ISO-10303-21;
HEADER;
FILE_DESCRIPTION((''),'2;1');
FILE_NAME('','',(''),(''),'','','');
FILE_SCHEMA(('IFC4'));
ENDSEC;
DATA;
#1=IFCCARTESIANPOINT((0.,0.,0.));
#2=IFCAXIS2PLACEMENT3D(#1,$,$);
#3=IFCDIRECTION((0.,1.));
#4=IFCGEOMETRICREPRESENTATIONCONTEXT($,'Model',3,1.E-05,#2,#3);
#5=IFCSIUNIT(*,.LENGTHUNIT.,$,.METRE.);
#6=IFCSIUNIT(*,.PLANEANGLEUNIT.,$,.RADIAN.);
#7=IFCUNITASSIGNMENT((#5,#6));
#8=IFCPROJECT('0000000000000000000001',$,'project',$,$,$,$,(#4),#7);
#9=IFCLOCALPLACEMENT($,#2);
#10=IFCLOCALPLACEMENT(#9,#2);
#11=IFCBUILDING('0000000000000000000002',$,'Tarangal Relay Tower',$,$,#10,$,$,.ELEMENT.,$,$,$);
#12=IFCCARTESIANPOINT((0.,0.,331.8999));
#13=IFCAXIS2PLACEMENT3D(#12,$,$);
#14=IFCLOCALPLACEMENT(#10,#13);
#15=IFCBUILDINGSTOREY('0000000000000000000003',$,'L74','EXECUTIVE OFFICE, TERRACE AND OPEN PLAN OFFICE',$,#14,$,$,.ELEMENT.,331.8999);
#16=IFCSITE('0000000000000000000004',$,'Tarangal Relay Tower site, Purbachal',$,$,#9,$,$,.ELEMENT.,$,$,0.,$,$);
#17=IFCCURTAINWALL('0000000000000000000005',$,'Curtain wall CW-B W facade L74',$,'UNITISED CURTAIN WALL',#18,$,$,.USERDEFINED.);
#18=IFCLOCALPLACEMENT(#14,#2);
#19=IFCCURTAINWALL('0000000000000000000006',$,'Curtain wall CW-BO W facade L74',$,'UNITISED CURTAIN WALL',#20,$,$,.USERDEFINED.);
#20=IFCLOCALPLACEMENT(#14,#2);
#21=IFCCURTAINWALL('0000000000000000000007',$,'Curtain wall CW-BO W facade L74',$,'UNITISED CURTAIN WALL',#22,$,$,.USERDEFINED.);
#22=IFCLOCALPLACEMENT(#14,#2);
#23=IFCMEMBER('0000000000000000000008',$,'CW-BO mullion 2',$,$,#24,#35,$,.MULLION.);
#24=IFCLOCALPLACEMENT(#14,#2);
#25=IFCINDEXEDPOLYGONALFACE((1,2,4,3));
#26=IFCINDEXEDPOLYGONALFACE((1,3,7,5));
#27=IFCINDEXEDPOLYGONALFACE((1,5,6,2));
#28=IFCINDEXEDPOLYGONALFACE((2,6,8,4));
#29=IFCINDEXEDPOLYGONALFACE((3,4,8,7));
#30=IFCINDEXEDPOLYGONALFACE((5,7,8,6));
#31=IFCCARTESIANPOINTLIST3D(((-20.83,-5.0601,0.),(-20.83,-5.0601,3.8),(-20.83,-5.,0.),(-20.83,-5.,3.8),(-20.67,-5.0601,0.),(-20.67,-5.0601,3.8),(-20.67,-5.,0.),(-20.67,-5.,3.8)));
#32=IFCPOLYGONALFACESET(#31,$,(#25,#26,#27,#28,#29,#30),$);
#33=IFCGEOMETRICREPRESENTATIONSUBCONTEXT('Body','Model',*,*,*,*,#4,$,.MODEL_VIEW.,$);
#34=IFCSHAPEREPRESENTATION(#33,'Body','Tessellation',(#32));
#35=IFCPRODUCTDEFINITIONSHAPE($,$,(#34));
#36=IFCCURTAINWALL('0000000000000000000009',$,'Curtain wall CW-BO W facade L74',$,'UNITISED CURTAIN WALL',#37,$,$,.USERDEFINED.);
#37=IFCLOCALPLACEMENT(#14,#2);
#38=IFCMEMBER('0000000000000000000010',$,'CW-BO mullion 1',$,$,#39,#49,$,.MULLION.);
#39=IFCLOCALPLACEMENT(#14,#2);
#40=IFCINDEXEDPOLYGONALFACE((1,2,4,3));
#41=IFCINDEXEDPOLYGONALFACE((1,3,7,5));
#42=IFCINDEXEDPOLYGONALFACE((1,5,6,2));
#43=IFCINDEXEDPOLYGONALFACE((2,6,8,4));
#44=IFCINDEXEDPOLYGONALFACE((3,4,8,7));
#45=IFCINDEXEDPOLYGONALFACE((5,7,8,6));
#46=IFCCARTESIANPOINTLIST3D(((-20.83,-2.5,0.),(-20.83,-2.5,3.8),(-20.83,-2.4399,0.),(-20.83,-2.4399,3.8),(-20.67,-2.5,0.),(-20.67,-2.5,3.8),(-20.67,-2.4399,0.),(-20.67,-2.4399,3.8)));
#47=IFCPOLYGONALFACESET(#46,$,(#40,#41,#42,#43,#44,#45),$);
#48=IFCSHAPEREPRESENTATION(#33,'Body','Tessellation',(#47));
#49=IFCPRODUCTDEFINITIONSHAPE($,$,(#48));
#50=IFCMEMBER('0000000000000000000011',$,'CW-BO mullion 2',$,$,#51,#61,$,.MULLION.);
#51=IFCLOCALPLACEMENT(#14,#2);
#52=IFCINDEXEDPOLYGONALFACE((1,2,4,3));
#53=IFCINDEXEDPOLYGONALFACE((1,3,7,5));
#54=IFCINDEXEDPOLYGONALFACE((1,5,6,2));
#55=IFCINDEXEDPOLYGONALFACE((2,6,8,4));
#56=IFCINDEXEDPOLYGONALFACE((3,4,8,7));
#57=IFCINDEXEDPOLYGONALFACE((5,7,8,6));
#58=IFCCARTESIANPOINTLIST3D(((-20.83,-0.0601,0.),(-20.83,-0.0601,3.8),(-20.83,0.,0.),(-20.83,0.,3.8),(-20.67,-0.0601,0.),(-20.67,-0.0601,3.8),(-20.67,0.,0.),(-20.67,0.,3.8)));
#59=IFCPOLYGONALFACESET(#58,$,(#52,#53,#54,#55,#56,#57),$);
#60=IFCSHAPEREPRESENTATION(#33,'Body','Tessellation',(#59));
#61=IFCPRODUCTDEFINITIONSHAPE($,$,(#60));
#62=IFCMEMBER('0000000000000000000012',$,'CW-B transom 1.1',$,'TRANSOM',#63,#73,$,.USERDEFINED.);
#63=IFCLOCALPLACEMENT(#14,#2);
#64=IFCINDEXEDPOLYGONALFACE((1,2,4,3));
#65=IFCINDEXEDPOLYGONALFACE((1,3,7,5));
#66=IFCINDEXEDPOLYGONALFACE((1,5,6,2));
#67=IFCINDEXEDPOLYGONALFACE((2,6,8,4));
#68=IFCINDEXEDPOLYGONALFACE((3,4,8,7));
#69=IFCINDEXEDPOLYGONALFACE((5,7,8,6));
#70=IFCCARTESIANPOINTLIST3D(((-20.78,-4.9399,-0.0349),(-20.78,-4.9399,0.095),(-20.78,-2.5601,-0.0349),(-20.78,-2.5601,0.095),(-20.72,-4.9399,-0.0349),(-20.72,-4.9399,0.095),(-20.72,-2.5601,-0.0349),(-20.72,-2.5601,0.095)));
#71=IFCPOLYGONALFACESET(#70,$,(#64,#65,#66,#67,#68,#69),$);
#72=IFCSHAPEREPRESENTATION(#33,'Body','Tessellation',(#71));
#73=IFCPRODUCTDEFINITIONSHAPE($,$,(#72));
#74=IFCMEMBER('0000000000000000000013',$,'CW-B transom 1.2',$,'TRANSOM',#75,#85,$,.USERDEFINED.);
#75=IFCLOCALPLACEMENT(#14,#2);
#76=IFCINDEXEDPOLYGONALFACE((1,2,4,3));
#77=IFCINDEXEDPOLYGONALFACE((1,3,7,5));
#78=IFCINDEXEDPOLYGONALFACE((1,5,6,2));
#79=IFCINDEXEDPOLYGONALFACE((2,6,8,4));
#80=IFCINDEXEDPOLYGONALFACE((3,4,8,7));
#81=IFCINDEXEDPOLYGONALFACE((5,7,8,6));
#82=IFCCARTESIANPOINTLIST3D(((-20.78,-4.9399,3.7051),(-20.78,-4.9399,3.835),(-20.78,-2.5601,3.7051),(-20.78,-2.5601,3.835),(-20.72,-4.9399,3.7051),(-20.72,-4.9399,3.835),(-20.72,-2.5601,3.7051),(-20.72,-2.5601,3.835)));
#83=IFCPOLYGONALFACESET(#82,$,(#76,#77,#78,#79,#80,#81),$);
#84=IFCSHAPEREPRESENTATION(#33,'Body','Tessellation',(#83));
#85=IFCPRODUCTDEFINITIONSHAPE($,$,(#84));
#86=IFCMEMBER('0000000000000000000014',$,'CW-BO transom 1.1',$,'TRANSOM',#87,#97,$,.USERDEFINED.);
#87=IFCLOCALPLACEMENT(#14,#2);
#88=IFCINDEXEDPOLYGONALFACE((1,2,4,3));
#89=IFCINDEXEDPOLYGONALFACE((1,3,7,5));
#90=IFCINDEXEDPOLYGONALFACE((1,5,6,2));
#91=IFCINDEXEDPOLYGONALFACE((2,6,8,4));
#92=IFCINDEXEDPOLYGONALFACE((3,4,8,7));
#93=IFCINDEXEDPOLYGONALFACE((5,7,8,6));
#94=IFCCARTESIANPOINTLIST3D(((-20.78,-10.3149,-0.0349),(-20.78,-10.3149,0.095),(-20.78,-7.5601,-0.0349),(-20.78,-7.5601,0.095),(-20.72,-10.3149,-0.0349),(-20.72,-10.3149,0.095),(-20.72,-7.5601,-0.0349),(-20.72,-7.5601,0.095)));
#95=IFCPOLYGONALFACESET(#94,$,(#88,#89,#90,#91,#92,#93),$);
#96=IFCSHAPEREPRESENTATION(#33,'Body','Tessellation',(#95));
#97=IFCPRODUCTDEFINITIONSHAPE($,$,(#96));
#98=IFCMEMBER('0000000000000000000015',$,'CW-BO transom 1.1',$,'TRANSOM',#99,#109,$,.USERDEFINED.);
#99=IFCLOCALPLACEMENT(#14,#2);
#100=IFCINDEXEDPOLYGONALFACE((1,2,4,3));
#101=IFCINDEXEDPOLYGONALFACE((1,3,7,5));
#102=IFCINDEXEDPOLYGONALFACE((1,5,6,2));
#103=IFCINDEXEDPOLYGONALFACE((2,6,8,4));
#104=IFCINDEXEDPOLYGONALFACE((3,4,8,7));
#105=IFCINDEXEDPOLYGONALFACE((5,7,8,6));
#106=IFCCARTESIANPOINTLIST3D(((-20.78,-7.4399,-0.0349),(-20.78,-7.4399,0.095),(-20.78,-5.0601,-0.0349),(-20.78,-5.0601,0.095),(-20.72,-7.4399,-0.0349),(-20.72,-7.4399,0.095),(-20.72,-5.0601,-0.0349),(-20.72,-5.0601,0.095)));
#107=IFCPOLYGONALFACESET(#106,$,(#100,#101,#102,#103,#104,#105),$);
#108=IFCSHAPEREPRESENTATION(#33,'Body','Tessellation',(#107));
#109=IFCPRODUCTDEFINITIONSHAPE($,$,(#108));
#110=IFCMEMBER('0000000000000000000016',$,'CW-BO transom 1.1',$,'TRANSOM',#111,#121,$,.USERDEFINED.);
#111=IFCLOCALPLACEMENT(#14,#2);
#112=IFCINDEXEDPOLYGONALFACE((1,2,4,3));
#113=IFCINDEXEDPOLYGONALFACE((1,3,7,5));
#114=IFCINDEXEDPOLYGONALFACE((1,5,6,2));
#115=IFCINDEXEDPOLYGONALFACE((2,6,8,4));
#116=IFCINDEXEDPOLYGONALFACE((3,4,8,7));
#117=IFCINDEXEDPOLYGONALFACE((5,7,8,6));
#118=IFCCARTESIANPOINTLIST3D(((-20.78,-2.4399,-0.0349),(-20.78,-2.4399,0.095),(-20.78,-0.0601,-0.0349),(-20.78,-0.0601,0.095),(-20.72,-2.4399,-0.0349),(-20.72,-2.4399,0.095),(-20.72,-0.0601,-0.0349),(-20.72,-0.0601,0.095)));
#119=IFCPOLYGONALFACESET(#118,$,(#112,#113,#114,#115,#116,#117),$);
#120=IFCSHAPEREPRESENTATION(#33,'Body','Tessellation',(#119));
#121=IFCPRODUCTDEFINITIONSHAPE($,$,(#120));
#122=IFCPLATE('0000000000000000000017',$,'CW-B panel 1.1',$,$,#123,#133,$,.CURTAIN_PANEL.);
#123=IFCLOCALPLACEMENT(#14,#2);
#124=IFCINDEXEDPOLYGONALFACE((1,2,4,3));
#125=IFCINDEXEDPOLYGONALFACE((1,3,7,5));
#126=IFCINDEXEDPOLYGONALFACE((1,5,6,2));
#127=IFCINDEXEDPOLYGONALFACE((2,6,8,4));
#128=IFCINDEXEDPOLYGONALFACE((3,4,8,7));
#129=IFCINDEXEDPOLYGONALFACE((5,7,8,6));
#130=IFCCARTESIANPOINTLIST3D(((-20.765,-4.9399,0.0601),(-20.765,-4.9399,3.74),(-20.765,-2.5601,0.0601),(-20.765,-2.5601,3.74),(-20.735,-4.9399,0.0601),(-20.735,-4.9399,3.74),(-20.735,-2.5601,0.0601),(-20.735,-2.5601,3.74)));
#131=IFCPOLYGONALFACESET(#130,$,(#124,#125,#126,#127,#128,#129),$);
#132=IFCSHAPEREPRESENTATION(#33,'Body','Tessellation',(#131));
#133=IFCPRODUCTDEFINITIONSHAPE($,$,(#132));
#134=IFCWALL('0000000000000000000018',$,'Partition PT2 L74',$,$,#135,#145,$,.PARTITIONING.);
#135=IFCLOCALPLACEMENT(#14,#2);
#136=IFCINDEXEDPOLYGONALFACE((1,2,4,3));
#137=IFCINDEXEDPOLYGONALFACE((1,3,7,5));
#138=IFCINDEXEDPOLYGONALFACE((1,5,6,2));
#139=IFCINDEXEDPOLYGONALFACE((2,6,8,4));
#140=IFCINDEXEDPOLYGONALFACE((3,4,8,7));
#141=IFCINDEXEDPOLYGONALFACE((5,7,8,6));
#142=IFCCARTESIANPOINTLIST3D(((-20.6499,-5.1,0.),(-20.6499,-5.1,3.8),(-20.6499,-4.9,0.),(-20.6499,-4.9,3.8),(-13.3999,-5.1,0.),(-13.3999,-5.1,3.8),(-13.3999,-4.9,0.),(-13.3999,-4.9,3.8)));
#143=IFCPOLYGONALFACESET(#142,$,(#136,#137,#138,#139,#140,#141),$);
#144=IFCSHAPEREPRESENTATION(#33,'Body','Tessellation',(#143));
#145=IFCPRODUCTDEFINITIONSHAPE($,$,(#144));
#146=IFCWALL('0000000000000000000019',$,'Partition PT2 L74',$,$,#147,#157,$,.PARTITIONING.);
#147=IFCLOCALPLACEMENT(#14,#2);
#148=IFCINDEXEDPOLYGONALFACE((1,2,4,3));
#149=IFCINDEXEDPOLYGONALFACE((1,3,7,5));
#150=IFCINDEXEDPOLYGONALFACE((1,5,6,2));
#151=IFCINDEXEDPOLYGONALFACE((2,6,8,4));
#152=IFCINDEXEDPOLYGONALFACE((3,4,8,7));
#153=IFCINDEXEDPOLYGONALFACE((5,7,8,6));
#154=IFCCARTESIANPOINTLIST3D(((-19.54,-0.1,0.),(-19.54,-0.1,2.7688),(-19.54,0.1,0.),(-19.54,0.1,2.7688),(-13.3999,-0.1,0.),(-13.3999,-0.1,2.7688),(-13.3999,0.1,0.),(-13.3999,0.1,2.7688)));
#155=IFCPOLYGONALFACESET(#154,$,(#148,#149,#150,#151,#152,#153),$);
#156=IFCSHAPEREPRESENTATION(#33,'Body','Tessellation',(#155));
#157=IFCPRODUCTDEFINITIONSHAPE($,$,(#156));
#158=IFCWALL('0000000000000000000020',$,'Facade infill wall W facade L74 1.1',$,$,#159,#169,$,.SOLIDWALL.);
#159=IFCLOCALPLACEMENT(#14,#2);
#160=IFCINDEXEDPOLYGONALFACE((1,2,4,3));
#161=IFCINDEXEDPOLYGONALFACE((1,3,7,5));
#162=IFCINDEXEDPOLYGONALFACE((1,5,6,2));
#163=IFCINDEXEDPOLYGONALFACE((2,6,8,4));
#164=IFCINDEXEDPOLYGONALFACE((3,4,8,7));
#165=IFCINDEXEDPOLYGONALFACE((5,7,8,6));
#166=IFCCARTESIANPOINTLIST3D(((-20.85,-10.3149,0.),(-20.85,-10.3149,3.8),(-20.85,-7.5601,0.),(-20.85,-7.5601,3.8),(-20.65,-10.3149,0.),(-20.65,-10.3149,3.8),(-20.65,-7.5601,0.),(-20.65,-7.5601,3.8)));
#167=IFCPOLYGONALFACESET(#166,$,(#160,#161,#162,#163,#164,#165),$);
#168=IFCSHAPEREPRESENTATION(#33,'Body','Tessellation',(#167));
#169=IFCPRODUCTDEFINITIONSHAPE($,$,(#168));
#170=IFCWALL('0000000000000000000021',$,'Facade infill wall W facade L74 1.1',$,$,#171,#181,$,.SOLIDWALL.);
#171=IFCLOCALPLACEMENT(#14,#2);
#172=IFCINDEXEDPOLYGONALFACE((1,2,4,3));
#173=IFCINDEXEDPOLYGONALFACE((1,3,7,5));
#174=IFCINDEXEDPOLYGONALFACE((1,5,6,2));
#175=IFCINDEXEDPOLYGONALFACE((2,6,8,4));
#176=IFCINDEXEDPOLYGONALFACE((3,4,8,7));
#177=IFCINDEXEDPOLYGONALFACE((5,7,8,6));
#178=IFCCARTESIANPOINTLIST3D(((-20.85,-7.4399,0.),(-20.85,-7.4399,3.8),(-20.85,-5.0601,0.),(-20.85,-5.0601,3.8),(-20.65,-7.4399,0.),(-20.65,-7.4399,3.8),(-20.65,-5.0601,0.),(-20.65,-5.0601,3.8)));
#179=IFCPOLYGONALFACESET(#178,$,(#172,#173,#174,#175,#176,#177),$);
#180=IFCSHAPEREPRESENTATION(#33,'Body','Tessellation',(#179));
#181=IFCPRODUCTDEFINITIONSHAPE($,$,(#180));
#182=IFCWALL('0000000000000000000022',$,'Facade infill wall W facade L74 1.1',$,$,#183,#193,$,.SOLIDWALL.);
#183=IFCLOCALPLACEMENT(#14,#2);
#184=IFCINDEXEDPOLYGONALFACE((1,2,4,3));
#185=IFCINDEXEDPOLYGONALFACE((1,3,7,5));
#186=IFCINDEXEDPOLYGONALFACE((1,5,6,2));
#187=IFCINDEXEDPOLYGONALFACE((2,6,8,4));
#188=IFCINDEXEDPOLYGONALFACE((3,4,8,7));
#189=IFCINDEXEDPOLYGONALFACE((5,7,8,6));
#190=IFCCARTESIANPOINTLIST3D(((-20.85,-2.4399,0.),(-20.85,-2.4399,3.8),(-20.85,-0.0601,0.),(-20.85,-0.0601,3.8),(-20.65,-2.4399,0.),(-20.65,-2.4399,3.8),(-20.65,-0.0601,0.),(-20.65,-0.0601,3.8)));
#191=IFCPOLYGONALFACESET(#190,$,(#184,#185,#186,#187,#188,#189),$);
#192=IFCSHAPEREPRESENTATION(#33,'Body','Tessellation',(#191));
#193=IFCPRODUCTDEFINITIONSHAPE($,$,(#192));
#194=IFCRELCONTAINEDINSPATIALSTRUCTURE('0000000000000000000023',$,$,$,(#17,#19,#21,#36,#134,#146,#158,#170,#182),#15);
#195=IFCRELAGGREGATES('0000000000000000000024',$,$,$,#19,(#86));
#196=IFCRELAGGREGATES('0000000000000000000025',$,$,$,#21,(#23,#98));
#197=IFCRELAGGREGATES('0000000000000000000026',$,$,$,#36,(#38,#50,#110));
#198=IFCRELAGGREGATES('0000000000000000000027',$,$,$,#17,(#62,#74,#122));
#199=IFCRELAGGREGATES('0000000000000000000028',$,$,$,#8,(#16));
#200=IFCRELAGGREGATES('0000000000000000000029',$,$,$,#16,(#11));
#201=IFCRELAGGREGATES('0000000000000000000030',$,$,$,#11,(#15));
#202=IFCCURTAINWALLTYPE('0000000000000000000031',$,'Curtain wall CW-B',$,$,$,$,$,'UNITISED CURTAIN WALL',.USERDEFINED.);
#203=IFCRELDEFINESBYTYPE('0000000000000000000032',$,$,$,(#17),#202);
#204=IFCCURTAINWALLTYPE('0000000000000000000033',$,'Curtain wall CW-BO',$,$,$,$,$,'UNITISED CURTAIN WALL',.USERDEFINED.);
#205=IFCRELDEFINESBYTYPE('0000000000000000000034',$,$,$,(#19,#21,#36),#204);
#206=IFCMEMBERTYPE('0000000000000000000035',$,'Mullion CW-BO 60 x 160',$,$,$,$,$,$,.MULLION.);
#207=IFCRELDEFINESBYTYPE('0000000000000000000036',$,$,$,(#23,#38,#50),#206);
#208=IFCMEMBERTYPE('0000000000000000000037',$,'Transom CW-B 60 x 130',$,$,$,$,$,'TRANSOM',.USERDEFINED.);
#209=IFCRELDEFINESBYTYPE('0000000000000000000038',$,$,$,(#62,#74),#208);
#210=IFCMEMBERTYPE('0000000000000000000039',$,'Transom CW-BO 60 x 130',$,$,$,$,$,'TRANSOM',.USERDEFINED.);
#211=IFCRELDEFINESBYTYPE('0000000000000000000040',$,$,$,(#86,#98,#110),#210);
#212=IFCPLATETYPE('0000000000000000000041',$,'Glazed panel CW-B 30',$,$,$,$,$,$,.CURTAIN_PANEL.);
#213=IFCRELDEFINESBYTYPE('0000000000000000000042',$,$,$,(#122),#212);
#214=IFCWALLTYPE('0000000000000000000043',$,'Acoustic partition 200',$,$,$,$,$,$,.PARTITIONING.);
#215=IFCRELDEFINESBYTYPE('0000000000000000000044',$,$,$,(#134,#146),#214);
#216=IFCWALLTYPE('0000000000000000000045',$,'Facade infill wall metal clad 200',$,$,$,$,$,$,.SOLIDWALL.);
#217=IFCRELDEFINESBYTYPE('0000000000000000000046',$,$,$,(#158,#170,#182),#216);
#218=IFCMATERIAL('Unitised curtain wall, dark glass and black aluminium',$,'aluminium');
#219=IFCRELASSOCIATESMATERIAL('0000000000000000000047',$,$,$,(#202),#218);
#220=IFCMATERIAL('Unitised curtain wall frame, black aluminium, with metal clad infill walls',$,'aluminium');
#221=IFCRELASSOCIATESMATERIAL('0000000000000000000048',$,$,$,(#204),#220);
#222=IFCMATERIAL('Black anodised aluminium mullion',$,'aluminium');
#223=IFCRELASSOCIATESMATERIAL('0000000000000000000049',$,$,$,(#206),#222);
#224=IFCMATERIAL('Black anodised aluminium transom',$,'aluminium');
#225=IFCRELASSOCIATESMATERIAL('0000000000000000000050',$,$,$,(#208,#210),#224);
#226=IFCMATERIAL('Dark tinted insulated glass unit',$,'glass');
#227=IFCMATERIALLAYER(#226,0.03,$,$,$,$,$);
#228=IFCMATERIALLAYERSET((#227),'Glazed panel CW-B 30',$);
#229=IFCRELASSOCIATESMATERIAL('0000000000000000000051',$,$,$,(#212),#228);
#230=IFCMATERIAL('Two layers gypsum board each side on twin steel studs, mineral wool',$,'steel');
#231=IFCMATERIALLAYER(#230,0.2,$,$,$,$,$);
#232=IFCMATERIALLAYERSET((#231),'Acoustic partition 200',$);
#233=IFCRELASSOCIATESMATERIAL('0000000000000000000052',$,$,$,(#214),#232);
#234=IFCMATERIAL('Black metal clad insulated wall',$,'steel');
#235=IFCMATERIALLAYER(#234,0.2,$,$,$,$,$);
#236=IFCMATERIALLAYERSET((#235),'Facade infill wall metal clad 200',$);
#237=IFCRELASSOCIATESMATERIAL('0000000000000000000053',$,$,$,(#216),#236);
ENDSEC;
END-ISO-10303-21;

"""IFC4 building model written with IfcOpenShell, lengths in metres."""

from ifc_helpers import new_model, si_unit, direction, frame, frame_2d, origin, origin_2d, place, context, subcontext, project, spatial, rectangle, extrude, material, layer, layer_set, material_profile, profile_set, type_object, element, aggregate, save


model = new_model("IFC4")

# Units and contexts
model_context = context("Model", 3, precision=1e-05, world=origin(), true_north=direction((0.0, 1.0)))
body_context = subcontext(model_context, "Body", "Model", "MODEL_VIEW")
ifc_project = project(units=[si_unit("LENGTHUNIT", "METRE"), si_unit("PLANEANGLEUNIT", "RADIAN")], contexts=[model_context])

# Site, building, storey
site_placement = place(None, origin())
site = spatial("IfcSite", under=ifc_project, at=site_placement, Name="Tarangal Relay Tower site, Purbachal", CompositionType="ELEMENT", RefElevation=0.0)
building_placement = place(site_placement, origin())
building = spatial("IfcBuilding", under=site, at=building_placement, Name="Tarangal Relay Tower", CompositionType="ELEMENT")
storey_placement = place(building_placement, frame((0.0, 0.0, 331.8999)))
storey = spatial("IfcBuildingStorey", under=building, at=storey_placement, Name="L74", Description="EXECUTIVE OFFICE, TERRACE AND OPEN PLAN OFFICE", CompositionType="ELEMENT", Elevation=331.8999)

# Curtain wall
ifc_material_1 = material(Name="Unitised curtain wall, dark glass and black aluminium", Category="aluminium")
curtain_wall_type_1 = type_object("IfcCurtainWallType", Name="Curtain wall CW-B", ElementType="UNITISED CURTAIN WALL", PredefinedType="USERDEFINED", material=ifc_material_1)
curtain_wall_1_placement = place(storey_placement, origin())
curtain_wall_1 = element("IfcCurtainWall", 1, at=curtain_wall_1_placement, inside=storey, type_object=curtain_wall_type_1, Name="Curtain wall CW-B W facade L74", ObjectType="UNITISED CURTAIN WALL", PredefinedType="USERDEFINED")
ifc_material_2 = material(Name="Black anodised aluminium mullion", Category="aluminium")

# Curtain wall
ifc_material_3 = material(Name="Unitised curtain wall frame, black aluminium, with metal clad infill walls", Category="aluminium")
curtain_wall_type_2 = type_object("IfcCurtainWallType", Name="Curtain wall CW-BO", ElementType="UNITISED CURTAIN WALL", PredefinedType="USERDEFINED", material=ifc_material_3)
curtain_wall_2_placement = place(storey_placement, origin())
curtain_wall_2 = element("IfcCurtainWall", 2, at=curtain_wall_2_placement, inside=storey, type_object=curtain_wall_type_2, Name="Curtain wall CW-BO W facade L74", ObjectType="UNITISED CURTAIN WALL", PredefinedType="USERDEFINED")
ifc_material_profile_1 = material_profile(ifc_material_2, rectangle(XDim=0.1599, YDim=0.0601, at=origin_2d()), Name="CW-BOM 60X160")
ifc_profile_set_1 = profile_set([ifc_material_profile_1], Name="Black anodised aluminium mullion")
member_type_1 = type_object("IfcMemberType", Name="Mullion CW-BO 60 x 160", PredefinedType="MULLION", material=ifc_profile_set_1)

# Curtain walls, members
curtain_wall_3_placement = place(storey_placement, origin())
curtain_wall_3 = element("IfcCurtainWall", 3, at=curtain_wall_3_placement, inside=storey, type_object=curtain_wall_type_2, Name="Curtain wall CW-BO W facade L74", ObjectType="UNITISED CURTAIN WALL", PredefinedType="USERDEFINED")
member_1_placement = place(storey_placement, frame((-20.75, -5.03, 0.0), z_axis=(0.0, 0.0, 1.0), x_axis=(-1.0, 0.0, 0.0)))
member_1 = element("IfcMember", 4, at=member_1_placement, type_object=member_type_1, Name="CW-BO mullion 2", PredefinedType="MULLION", context=body_context, shape_type="SweptSolid", body=[
    extrude(rectangle(XDim=0.1599, YDim=0.0601, at=origin_2d()), origin(), (0.0, 0.0, 1.0), 3.8),
])
curtain_wall_4_placement = place(storey_placement, origin())
curtain_wall_4 = element("IfcCurtainWall", 5, at=curtain_wall_4_placement, inside=storey, type_object=curtain_wall_type_2, Name="Curtain wall CW-BO W facade L74", ObjectType="UNITISED CURTAIN WALL", PredefinedType="USERDEFINED")
member_2_placement = place(storey_placement, frame((-20.75, -2.47, 0.0), z_axis=(0.0, 0.0, 1.0), x_axis=(-1.0, 0.0, 0.0)))
member_2 = element("IfcMember", 6, at=member_2_placement, type_object=member_type_1, Name="CW-BO mullion 1", PredefinedType="MULLION", context=body_context, shape_type="SweptSolid", body=[
    extrude(rectangle(XDim=0.1599, YDim=0.0601, at=origin_2d()), origin(), (0.0, 0.0, 1.0), 3.8),
])
member_3_placement = place(storey_placement, frame((-20.75, -0.03, 0.0), z_axis=(0.0, 0.0, 1.0), x_axis=(-1.0, 0.0, 0.0)))
member_3 = element("IfcMember", 7, at=member_3_placement, type_object=member_type_1, Name="CW-BO mullion 2", PredefinedType="MULLION", context=body_context, shape_type="SweptSolid", body=[
    extrude(rectangle(XDim=0.1599, YDim=0.0601, at=origin_2d()), origin(), (0.0, 0.0, 1.0), 3.8),
])

# Members
ifc_material_4 = material(Name="Black anodised aluminium transom", Category="aluminium")
ifc_material_profile_2 = material_profile(ifc_material_4, rectangle(XDim=0.0601, YDim=0.1299, at=origin_2d()), Name="CW-BT 60X130")
ifc_profile_set_2 = profile_set([ifc_material_profile_2], Name="Black anodised aluminium transom")
member_type_2 = type_object("IfcMemberType", Name="Transom CW-B 60 x 130", ElementType="TRANSOM", PredefinedType="USERDEFINED", material=ifc_profile_set_2)
member_4_placement = place(storey_placement, frame((-20.75, -4.9399, 0.03), z_axis=(0.0, 1.0, 0.0), x_axis=(-1.0, 0.0, 0.0)))
member_4 = element("IfcMember", 8, at=member_4_placement, type_object=member_type_2, Name="CW-B transom 1.1", ObjectType="TRANSOM", PredefinedType="USERDEFINED", context=body_context, shape_type="SweptSolid", body=[
    extrude(rectangle(XDim=0.0601, YDim=0.1299, at=origin_2d()), origin(), (0.0, 0.0, 1.0), 2.3799),
])
member_5_placement = place(storey_placement, frame((-20.75, -4.9399, 3.77), z_axis=(0.0, 1.0, 0.0), x_axis=(-1.0, 0.0, 0.0)))
member_5 = element("IfcMember", 9, at=member_5_placement, type_object=member_type_2, Name="CW-B transom 1.2", ObjectType="TRANSOM", PredefinedType="USERDEFINED", context=body_context, shape_type="SweptSolid", body=[
    extrude(rectangle(XDim=0.0601, YDim=0.1299, at=origin_2d()), origin(), (0.0, 0.0, 1.0), 2.3799),
])
ifc_material_profile_3 = material_profile(ifc_material_4, rectangle(XDim=0.0601, YDim=0.1299, at=origin_2d()), Name="CW-BOT 60X130")
ifc_profile_set_3 = profile_set([ifc_material_profile_3], Name="Black anodised aluminium transom")
member_type_3 = type_object("IfcMemberType", Name="Transom CW-BO 60 x 130", ElementType="TRANSOM", PredefinedType="USERDEFINED", material=ifc_profile_set_3)
member_6_placement = place(storey_placement, frame((-20.75, -10.3149, 0.03), z_axis=(0.0, 1.0, 0.0), x_axis=(-1.0, 0.0, 0.0)))
member_6 = element("IfcMember", 10, at=member_6_placement, type_object=member_type_3, Name="CW-BO transom 1.1", ObjectType="TRANSOM", PredefinedType="USERDEFINED", context=body_context, shape_type="SweptSolid", body=[
    extrude(rectangle(XDim=0.0601, YDim=0.1299, at=origin_2d()), origin(), (0.0, 0.0, 1.0), 2.7549),
])
aggregate(curtain_wall_2, [member_6])
member_7_placement = place(storey_placement, frame((-20.75, -7.4399, 0.03), z_axis=(0.0, 1.0, 0.0), x_axis=(-1.0, 0.0, 0.0)))
member_7 = element("IfcMember", 11, at=member_7_placement, type_object=member_type_3, Name="CW-BO transom 1.1", ObjectType="TRANSOM", PredefinedType="USERDEFINED", context=body_context, shape_type="SweptSolid", body=[
    extrude(rectangle(XDim=0.0601, YDim=0.1299, at=origin_2d()), origin(), (0.0, 0.0, 1.0), 2.3799),
])
aggregate(curtain_wall_3, [member_1, member_7])
member_8_placement = place(storey_placement, frame((-20.75, -2.4399, 0.03), z_axis=(0.0, 1.0, 0.0), x_axis=(-1.0, 0.0, 0.0)))
member_8 = element("IfcMember", 12, at=member_8_placement, type_object=member_type_3, Name="CW-BO transom 1.1", ObjectType="TRANSOM", PredefinedType="USERDEFINED", context=body_context, shape_type="SweptSolid", body=[
    extrude(rectangle(XDim=0.0601, YDim=0.1299, at=origin_2d()), origin(), (0.0, 0.0, 1.0), 2.3799),
])
aggregate(curtain_wall_4, [member_2, member_3, member_8])

# Plate
ifc_material_5 = material(Name="Dark tinted insulated glass unit", Category="glass")
ifc_layer_1 = layer(ifc_material_5, 0.03)
ifc_layer_set_1 = layer_set([ifc_layer_1], Name="Glazed panel CW-B 30")
plate_type = type_object("IfcPlateType", Name="Glazed panel CW-B 30", PredefinedType="CURTAIN_PANEL", material=ifc_layer_set_1)
plate_placement = place(storey_placement, frame((-20.75, -3.75, 0.0601), z_axis=(0.0, 0.0, 1.0), x_axis=(0.0, 1.0, 0.0)))
plate = element("IfcPlate", 13, at=plate_placement, type_object=plate_type, Name="CW-B panel 1.1", PredefinedType="CURTAIN_PANEL", context=body_context, shape_type="SweptSolid", body=[
    extrude(rectangle(XDim=2.3799, YDim=0.03, at=origin_2d()), origin(), (0.0, 0.0, 1.0), 3.6799),
])
aggregate(curtain_wall_1, [member_4, member_5, plate])

# Walls
ifc_material_6 = material(Name="Two layers gypsum board each side on twin steel studs, mineral wool", Category="steel")
ifc_layer_2 = layer(ifc_material_6, 0.2)
ifc_layer_set_2 = layer_set([ifc_layer_2], Name="Acoustic partition 200")
wall_type_1 = type_object("IfcWallType", Name="Acoustic partition 200", PredefinedType="PARTITIONING", material=ifc_layer_set_2)
wall_1_placement = place(storey_placement, frame((-20.6499, -5.0, 0.0), z_axis=(0.0, 0.0, 1.0), x_axis=(1.0, 0.0, 0.0)))
element("IfcWall", 14, at=wall_1_placement, inside=storey, type_object=wall_type_1, Name="Partition PT2 L74", PredefinedType="PARTITIONING", context=body_context, shape_type="SweptSolid", body=[
    extrude(rectangle(XDim=7.25, YDim=0.2, at=frame_2d((3.625, 0.0))), origin(), (0.0, 0.0, 1.0), 3.8),
])
wall_2_placement = place(storey_placement, frame((-19.54, 0.0, 0.0), z_axis=(0.0, 0.0, 1.0), x_axis=(1.0, 0.0, 0.0)))
element("IfcWall", 15, at=wall_2_placement, inside=storey, type_object=wall_type_1, Name="Partition PT2 L74", PredefinedType="PARTITIONING", context=body_context, shape_type="SweptSolid", body=[
    extrude(rectangle(XDim=6.1401, YDim=0.2, at=frame_2d((3.0701, 0.0))), origin(), (0.0, 0.0, 1.0), 2.7688),
])

# Walls
ifc_material_7 = material(Name="Black metal clad insulated wall", Category="steel")
ifc_layer_3 = layer(ifc_material_7, 0.2)
ifc_layer_set_3 = layer_set([ifc_layer_3], Name="Facade infill wall metal clad 200")
wall_type_2 = type_object("IfcWallType", Name="Facade infill wall metal clad 200", PredefinedType="SOLIDWALL", material=ifc_layer_set_3)
wall_3_placement = place(storey_placement, frame((-20.75, -10.3149, 0.0), z_axis=(0.0, 0.0, 1.0), x_axis=(0.0, 1.0, 0.0)))
element("IfcWall", 16, at=wall_3_placement, inside=storey, type_object=wall_type_2, Name="Facade infill wall W facade L74 1.1", PredefinedType="SOLIDWALL", context=body_context, shape_type="SweptSolid", body=[
    extrude(rectangle(XDim=2.7549, YDim=0.2, at=frame_2d((1.3774, 0.0))), origin(), (0.0, 0.0, 1.0), 3.8),
])
for number, where, z_axis, x_axis, name in (
    (17, (-20.75, -7.4399, 0.0), (0.0, 0.0, 1.0), (0.0, 1.0, 0.0), "Facade infill wall W facade L74 1.1"),
    (18, (-20.75, -2.4399, 0.0), (0.0, 0.0, 1.0), (0.0, 1.0, 0.0), "Facade infill wall W facade L74 1.1"),
):
    element("IfcWall", number, at=place(storey_placement, frame(where, z_axis=z_axis, x_axis=x_axis)), inside=storey, type_object=wall_type_2, Name=name, PredefinedType="SOLIDWALL", context=body_context, shape_type="SweptSolid", body=[
        extrude(rectangle(XDim=2.3799, YDim=0.2, at=frame_2d((1.1899, 0.0))), origin(), (0.0, 0.0, 1.0), 3.8),
    ])

save(model, "model.ifc")
